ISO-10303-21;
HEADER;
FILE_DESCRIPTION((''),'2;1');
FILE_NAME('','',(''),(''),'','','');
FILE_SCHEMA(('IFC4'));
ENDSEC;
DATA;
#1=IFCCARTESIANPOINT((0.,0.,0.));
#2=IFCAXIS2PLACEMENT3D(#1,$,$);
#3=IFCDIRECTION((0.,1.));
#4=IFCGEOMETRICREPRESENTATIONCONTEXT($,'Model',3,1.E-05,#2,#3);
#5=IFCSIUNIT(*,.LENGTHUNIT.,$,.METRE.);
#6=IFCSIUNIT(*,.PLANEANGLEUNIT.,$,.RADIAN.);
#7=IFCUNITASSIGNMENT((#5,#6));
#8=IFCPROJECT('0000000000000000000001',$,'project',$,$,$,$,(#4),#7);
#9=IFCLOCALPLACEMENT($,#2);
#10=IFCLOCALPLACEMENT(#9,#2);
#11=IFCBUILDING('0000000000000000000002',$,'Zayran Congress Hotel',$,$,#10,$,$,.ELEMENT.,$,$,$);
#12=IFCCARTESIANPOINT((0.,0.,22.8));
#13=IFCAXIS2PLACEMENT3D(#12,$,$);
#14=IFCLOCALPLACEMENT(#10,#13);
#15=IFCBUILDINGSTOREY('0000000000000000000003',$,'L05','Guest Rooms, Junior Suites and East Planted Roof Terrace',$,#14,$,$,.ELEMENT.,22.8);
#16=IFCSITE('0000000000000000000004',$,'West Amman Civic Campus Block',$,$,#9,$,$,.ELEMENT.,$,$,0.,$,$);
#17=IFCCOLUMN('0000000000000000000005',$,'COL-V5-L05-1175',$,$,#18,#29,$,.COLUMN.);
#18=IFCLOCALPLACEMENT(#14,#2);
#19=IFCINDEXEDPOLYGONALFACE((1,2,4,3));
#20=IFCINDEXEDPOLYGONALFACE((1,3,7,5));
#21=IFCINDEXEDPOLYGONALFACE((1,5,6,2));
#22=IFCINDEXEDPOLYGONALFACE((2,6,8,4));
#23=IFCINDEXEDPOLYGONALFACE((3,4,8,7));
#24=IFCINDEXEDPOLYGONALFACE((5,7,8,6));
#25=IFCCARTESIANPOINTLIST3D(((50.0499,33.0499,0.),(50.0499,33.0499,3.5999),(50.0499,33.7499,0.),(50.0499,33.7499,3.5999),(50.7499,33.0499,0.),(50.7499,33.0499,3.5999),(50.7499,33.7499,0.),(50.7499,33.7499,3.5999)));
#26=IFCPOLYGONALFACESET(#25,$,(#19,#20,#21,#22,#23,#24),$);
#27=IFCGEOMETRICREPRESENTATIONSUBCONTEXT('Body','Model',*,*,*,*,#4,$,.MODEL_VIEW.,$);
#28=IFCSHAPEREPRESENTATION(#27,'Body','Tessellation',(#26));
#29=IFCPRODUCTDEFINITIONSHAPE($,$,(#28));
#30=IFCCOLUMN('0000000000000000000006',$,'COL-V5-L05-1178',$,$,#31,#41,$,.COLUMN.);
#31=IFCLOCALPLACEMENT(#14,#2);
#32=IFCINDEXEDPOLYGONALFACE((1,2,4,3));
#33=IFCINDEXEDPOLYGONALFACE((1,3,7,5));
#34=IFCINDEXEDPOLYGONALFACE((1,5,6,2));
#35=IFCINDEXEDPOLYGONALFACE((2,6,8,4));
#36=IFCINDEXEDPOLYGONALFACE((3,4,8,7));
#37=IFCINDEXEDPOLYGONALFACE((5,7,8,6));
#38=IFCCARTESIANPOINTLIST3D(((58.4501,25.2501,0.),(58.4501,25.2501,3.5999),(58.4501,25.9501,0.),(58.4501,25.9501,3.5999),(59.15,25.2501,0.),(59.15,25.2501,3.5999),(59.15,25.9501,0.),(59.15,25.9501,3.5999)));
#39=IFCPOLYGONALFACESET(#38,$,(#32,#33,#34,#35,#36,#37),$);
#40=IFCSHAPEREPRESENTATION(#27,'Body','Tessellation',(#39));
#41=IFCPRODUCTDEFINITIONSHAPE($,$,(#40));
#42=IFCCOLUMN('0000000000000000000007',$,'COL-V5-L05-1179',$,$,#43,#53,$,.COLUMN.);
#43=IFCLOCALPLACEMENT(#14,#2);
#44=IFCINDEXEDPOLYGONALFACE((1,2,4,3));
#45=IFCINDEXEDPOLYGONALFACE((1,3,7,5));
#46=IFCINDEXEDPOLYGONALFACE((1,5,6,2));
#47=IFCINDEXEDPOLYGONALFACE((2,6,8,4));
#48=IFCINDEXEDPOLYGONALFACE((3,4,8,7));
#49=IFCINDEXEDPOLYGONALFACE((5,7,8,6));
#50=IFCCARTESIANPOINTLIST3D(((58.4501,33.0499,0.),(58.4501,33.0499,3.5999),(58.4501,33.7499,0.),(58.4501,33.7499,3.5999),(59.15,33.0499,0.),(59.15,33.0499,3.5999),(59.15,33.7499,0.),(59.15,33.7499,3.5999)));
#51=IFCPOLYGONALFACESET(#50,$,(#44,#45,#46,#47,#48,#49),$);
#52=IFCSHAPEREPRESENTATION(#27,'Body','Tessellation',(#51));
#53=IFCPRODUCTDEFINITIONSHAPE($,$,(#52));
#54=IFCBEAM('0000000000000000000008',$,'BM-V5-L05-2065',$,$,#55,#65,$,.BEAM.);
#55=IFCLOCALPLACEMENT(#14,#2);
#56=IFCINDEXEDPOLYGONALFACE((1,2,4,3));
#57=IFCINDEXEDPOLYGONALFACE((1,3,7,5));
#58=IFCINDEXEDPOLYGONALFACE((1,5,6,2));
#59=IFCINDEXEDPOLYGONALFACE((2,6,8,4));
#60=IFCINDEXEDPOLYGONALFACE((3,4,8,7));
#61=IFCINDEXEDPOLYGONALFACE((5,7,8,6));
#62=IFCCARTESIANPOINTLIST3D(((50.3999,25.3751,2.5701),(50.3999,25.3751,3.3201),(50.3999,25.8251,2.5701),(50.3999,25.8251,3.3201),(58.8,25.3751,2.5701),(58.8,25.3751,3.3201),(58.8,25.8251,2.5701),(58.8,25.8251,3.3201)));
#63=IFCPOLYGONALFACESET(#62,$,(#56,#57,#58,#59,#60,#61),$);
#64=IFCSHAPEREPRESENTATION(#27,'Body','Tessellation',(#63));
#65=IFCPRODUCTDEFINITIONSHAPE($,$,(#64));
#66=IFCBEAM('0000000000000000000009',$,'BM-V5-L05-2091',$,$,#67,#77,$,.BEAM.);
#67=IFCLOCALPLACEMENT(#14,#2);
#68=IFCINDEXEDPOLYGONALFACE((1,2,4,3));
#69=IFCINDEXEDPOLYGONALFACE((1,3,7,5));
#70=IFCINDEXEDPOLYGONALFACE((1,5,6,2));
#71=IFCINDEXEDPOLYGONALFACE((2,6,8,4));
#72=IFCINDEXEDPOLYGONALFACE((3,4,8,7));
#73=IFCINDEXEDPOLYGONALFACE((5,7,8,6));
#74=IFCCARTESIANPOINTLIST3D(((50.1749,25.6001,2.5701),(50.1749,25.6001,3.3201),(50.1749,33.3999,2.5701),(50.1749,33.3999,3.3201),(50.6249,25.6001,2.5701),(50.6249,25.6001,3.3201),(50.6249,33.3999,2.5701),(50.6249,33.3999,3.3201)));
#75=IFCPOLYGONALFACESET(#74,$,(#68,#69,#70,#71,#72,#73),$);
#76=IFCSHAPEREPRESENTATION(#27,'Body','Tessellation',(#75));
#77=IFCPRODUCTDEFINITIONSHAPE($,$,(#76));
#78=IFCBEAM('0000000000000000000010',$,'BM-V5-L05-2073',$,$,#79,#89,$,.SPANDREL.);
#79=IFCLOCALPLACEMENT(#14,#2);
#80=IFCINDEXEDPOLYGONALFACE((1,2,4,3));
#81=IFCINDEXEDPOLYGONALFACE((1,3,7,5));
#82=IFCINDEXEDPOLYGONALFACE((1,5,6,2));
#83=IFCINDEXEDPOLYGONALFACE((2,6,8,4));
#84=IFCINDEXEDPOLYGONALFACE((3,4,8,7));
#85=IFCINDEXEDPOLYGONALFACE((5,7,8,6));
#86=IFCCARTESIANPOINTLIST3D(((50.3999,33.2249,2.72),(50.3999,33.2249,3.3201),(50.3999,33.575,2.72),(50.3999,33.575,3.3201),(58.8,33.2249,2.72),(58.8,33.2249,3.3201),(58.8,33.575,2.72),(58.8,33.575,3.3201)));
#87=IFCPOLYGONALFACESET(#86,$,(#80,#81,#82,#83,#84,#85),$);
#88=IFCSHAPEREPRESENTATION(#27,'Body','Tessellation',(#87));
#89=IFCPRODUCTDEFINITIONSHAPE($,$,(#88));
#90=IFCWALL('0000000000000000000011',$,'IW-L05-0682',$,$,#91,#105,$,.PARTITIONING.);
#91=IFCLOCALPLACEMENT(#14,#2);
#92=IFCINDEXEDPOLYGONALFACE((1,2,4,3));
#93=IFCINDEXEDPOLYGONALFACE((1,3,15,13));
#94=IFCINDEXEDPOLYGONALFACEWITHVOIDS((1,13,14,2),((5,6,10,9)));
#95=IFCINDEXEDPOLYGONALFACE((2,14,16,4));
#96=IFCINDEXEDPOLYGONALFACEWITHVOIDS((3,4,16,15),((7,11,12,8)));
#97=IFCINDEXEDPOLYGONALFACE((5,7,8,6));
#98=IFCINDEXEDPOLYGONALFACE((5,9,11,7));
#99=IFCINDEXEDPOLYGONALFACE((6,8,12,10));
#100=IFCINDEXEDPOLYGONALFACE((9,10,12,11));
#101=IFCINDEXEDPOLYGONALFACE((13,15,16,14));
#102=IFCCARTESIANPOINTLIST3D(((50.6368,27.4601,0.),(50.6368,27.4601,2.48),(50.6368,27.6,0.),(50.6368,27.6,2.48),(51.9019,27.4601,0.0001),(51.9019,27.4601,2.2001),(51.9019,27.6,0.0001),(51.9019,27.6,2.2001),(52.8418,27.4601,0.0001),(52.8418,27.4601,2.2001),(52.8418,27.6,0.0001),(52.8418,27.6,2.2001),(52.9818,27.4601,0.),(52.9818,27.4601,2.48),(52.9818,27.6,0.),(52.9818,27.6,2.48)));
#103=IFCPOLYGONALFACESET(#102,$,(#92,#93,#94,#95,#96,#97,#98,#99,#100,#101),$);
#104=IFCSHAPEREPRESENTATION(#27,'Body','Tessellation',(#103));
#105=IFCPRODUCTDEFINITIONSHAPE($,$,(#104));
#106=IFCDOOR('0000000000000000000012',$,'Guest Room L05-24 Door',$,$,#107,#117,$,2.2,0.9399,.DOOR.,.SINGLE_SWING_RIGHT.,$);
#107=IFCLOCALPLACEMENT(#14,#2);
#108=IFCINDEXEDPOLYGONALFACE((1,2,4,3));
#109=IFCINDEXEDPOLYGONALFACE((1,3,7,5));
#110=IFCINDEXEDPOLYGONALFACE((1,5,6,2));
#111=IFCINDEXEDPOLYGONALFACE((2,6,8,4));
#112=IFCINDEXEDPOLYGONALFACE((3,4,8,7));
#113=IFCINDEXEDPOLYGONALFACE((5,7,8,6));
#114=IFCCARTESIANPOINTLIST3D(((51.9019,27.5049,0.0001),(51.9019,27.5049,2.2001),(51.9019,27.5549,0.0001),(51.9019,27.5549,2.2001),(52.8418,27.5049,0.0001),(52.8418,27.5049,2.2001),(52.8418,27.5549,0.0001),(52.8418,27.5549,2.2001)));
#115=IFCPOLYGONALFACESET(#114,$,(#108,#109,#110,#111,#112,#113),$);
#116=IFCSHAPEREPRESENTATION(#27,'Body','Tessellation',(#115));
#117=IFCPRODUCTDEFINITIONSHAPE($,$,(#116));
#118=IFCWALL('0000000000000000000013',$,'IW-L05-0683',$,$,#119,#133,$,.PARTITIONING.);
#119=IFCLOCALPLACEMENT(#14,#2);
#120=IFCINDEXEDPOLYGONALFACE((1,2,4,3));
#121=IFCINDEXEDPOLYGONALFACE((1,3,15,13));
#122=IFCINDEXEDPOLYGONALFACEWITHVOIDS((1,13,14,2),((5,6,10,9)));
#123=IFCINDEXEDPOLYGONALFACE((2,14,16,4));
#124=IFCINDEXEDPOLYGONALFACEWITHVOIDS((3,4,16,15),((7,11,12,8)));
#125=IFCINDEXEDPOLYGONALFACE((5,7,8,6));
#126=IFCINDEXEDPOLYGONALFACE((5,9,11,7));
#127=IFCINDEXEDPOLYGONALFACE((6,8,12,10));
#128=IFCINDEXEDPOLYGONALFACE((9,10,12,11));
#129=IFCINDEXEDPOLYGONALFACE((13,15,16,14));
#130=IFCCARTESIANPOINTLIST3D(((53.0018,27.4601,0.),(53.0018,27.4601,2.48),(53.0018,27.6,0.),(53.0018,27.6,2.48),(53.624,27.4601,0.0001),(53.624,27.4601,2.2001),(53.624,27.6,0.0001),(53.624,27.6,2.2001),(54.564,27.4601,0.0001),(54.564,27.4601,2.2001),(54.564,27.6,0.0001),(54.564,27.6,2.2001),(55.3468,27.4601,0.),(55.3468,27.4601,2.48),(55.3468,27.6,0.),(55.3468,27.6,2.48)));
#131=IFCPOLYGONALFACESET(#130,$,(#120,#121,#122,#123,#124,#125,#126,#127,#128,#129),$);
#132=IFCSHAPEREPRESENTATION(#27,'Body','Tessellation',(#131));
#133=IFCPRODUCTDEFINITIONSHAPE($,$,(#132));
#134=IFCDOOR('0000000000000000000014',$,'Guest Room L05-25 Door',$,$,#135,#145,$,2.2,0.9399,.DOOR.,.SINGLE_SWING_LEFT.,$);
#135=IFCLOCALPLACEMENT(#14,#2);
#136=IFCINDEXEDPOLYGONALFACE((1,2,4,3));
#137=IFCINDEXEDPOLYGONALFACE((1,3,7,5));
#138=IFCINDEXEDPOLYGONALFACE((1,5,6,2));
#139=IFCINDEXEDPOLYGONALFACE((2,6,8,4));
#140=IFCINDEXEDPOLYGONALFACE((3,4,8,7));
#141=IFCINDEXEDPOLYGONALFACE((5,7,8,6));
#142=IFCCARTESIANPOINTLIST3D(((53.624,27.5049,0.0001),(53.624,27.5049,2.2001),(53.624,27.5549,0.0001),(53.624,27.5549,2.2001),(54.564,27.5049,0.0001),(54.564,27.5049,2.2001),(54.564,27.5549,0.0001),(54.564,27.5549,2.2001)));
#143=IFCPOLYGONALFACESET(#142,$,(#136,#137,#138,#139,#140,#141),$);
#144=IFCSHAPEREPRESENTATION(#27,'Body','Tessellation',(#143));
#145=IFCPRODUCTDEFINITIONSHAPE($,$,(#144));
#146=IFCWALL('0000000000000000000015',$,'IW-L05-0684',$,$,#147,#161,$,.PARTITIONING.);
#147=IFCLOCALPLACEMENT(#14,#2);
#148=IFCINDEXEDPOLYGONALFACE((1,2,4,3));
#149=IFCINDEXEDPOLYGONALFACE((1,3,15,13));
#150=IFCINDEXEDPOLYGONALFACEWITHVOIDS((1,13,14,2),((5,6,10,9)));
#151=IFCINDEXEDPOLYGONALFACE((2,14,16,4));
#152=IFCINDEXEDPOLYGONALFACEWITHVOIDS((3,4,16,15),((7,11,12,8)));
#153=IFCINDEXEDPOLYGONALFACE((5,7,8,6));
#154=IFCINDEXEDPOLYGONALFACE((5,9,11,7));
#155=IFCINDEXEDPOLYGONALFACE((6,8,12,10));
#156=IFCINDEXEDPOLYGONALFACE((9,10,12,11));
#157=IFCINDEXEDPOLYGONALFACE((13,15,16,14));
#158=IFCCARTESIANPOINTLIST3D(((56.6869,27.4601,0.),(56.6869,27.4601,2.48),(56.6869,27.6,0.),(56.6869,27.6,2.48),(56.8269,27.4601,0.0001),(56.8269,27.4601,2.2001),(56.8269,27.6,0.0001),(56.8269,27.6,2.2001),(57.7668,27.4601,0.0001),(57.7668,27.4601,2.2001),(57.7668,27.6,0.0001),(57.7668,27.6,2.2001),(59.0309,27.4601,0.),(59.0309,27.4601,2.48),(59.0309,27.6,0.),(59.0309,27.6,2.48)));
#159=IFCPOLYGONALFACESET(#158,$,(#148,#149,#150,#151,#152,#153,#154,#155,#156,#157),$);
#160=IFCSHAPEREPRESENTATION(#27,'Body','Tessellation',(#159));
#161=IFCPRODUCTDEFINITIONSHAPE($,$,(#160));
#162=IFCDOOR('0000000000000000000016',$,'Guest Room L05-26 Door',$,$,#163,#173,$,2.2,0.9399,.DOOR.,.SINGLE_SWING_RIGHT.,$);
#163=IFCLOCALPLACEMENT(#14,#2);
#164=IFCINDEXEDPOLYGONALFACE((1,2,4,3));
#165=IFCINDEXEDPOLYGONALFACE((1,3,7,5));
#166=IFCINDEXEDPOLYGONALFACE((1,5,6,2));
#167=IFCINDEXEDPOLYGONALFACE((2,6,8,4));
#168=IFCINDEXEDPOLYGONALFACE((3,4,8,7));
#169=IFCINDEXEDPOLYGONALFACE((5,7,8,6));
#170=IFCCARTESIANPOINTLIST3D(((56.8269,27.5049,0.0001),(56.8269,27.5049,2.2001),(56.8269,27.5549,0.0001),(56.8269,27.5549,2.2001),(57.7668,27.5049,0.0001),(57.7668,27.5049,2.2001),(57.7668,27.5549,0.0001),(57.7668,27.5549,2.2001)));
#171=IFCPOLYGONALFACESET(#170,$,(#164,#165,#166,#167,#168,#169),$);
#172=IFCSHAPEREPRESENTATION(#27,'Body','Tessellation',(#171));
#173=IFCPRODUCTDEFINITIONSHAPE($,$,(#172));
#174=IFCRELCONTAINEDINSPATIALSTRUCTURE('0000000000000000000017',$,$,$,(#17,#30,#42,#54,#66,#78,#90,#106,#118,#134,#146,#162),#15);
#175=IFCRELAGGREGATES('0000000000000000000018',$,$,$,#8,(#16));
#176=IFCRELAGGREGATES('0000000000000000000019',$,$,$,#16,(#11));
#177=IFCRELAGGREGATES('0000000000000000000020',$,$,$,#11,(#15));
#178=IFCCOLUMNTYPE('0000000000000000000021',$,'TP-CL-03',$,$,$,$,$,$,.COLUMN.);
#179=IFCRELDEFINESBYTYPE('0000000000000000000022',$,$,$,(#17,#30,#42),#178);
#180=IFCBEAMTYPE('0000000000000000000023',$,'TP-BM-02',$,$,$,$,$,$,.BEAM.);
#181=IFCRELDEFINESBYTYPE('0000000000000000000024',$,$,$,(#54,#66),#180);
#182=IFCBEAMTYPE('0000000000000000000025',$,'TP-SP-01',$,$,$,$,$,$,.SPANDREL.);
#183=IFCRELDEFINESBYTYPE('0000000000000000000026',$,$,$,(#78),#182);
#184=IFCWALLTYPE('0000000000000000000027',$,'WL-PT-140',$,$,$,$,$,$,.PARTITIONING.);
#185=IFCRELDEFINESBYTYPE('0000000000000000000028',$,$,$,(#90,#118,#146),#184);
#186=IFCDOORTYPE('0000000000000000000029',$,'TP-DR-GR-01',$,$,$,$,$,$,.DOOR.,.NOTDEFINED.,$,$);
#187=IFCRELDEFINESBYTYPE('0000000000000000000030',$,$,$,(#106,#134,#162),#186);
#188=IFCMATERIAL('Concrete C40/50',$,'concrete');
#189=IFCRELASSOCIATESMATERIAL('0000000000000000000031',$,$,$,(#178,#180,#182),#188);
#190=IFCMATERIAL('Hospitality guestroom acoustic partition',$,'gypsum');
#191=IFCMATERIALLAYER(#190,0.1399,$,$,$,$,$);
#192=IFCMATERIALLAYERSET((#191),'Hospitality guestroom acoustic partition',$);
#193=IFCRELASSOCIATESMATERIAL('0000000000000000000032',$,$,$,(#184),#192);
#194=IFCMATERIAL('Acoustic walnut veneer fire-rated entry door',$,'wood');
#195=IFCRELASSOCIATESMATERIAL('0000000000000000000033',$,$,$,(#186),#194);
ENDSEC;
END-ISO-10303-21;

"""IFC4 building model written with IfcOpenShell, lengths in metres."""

from ifc_helpers import new_model, si_unit, direction, frame, frame_2d, origin, origin_2d, place, context, subcontext, project, spatial, rectangle, extrude, material, layer, layer_set, material_profile, profile_set, type_object, element, fill, save


model = new_model("IFC4")

# Units and contexts
model_context = context("Model", 3, precision=1e-05, world=origin(), true_north=direction((0.0, 1.0)))
body_context = subcontext(model_context, "Body", "Model", "MODEL_VIEW")
ifc_project = project(units=[si_unit("LENGTHUNIT", "METRE"), si_unit("PLANEANGLEUNIT", "RADIAN")], contexts=[model_context])

# Site, building, storey
site_placement = place(None, origin())
site = spatial("IfcSite", under=ifc_project, at=site_placement, Name="West Amman Civic Campus Block", CompositionType="ELEMENT", RefElevation=0.0)
building_placement = place(site_placement, origin())
building = spatial("IfcBuilding", under=site, at=building_placement, Name="Zayran Congress Hotel", CompositionType="ELEMENT")
storey_placement = place(building_placement, frame((0.0, 0.0, 22.8)))
storey = spatial("IfcBuildingStorey", under=building, at=storey_placement, Name="L05", Description="Guest Rooms, Junior Suites and East Planted Roof Terrace", CompositionType="ELEMENT", Elevation=22.8)

# Columns
ifc_material_1 = material(Name="Concrete C40/50", Category="concrete")
ifc_material_profile_1 = material_profile(ifc_material_1, rectangle(XDim=0.7, YDim=0.7, at=origin_2d()), Name="RC 700x700")
ifc_profile_set_1 = profile_set([ifc_material_profile_1], Name="Concrete C40/50")
column_type = type_object("IfcColumnType", Name="TP-CL-03", PredefinedType="COLUMN", material=ifc_profile_set_1)
for number, where, z_axis, x_axis, name in (
    (1, (50.3999, 33.3999, 0.0), (0.0, 0.0, 1.0), (1.0, 0.0, 0.0), "COL-V5-L05-1175"),
    (2, (58.8, 25.6001, 0.0), (0.0, 0.0, 1.0), (1.0, 0.0, 0.0), "COL-V5-L05-1178"),
    (3, (58.8, 33.3999, 0.0), (0.0, 0.0, 1.0), (1.0, 0.0, 0.0), "COL-V5-L05-1179"),
):
    element("IfcColumn", number, at=place(storey_placement, frame(where, z_axis=z_axis, x_axis=x_axis)), inside=storey, type_object=column_type, Name=name, PredefinedType="COLUMN", context=body_context, shape_type="SweptSolid", body=[
        extrude(rectangle(XDim=0.7, YDim=0.7, at=origin_2d()), origin(), (0.0, 0.0, 1.0), 3.5999),
    ])

# Beams
ifc_material_profile_2 = material_profile(ifc_material_1, rectangle(XDim=0.45, YDim=0.75, at=origin_2d()), Name="RC 450x750")
ifc_profile_set_2 = profile_set([ifc_material_profile_2], Name="Concrete C40/50")
beam_type_1 = type_object("IfcBeamType", Name="TP-BM-02", PredefinedType="BEAM", material=ifc_profile_set_2)
beam_1_placement = place(storey_placement, frame((50.3999, 25.6001, 2.9451), z_axis=(1.0, 0.0, 0.0), x_axis=(0.0, 1.0, 0.0)))
element("IfcBeam", 4, at=beam_1_placement, inside=storey, type_object=beam_type_1, Name="BM-V5-L05-2065", PredefinedType="BEAM", context=body_context, shape_type="SweptSolid", body=[
    extrude(rectangle(XDim=0.45, YDim=0.75, at=origin_2d()), origin(), (0.0, 0.0, 1.0), 8.4001),
])
beam_2_placement = place(storey_placement, frame((50.3999, 25.6001, 2.9451), z_axis=(0.0, 1.0, 0.0), x_axis=(-1.0, 0.0, 0.0)))
element("IfcBeam", 5, at=beam_2_placement, inside=storey, type_object=beam_type_1, Name="BM-V5-L05-2091", PredefinedType="BEAM", context=body_context, shape_type="SweptSolid", body=[
    extrude(rectangle(XDim=0.45, YDim=0.75, at=origin_2d()), origin(), (0.0, 0.0, 1.0), 7.7998),
])
ifc_material_profile_3 = material_profile(ifc_material_1, rectangle(XDim=0.3501, YDim=0.6001, at=origin_2d()), Name="RC 350x600")
ifc_profile_set_3 = profile_set([ifc_material_profile_3], Name="Concrete C40/50")
beam_type_2 = type_object("IfcBeamType", Name="TP-SP-01", PredefinedType="SPANDREL", material=ifc_profile_set_3)
beam_3_placement = place(storey_placement, frame((50.3999, 33.3999, 3.02), z_axis=(1.0, 0.0, 0.0), x_axis=(0.0, 1.0, 0.0)))
element("IfcBeam", 6, at=beam_3_placement, inside=storey, type_object=beam_type_2, Name="BM-V5-L05-2073", PredefinedType="SPANDREL", context=body_context, shape_type="SweptSolid", body=[
    extrude(rectangle(XDim=0.3501, YDim=0.6001, at=origin_2d()), origin(), (0.0, 0.0, 1.0), 8.4001),
])

# Walls, openings, doors
ifc_material_2 = material(Name="Hospitality guestroom acoustic partition", Category="gypsum")
ifc_layer_1 = layer(ifc_material_2, 0.1399)
ifc_layer_set_1 = layer_set([ifc_layer_1], Name="Hospitality guestroom acoustic partition")
wall_type_1 = type_object("IfcWallType", Name="WL-PT-140", PredefinedType="PARTITIONING", material=ifc_layer_set_1)
wall_1_placement = place(storey_placement, frame((50.637, 27.53, 0.0), z_axis=(0.0, 0.0, 1.0), x_axis=(1.0, 0.0, 0.0)))
wall_1 = element("IfcWall", 7, at=wall_1_placement, inside=storey, type_object=wall_type_1, Name="IW-L05-0682", PredefinedType="PARTITIONING", context=body_context, shape_type="SweptSolid", body=[
    extrude(rectangle(XDim=2.345, YDim=0.1399, at=frame_2d((1.1724, 0.0))), origin(), (0.0, 0.0, 1.0), 2.48),
])
opening_1_placement = place(wall_1_placement, frame((1.2649, 0.0, 0.0)))
opening_1 = element("IfcOpeningElement", 8, at=opening_1_placement, cuts=wall_1, PredefinedType="OPENING", context=body_context, shape_type="SweptSolid", body=[
    extrude(rectangle(XDim=0.9399, YDim=2.2, at=frame_2d((0.47, 1.1001))), frame((0.0, 0.0798, 0.0), z_axis=(0.0, -1.0, 0.0), x_axis=(1.0, 0.0, 0.0)), (0.0, 0.0, 1.0), 0.1599),
])
ifc_material_3 = material(Name="Acoustic walnut veneer fire-rated entry door", Category="wood")
door_type_1 = type_object("IfcDoorType", Name="TP-DR-GR-01", OperationType="NOTDEFINED", PredefinedType="DOOR", material=ifc_material_3)
door_1_placement = place(opening_1_placement, origin())
door_1 = element("IfcDoor", 9, at=door_1_placement, inside=storey, type_object=door_type_1, Name="Guest Room L05-24 Door", OperationType="SINGLE_SWING_RIGHT", OverallHeight=2.2, OverallWidth=0.9399, PredefinedType="DOOR", context=body_context, shape_type="SweptSolid", body=[
    extrude(rectangle(XDim=0.9399, YDim=2.2, at=frame_2d((0.47, 1.1001))), frame((0.0, 0.0249, 0.0), z_axis=(0.0, -1.0, 0.0), x_axis=(1.0, 0.0, 0.0)), (0.0, 0.0, 1.0), 0.05),
])
fill(opening_1, door_1)
wall_2_placement = place(storey_placement, frame((53.002, 27.53, 0.0), z_axis=(0.0, 0.0, 1.0), x_axis=(1.0, 0.0, 0.0)))
wall_2 = element("IfcWall", 10, at=wall_2_placement, inside=storey, type_object=wall_type_1, Name="IW-L05-0683", PredefinedType="PARTITIONING", context=body_context, shape_type="SweptSolid", body=[
    extrude(rectangle(XDim=2.345, YDim=0.1399, at=frame_2d((1.1724, 0.0))), origin(), (0.0, 0.0, 1.0), 2.48),
])
opening_2_placement = place(wall_2_placement, frame((0.6221, 0.0, 0.0)))
opening_2 = element("IfcOpeningElement", 11, at=opening_2_placement, cuts=wall_2, PredefinedType="OPENING", context=body_context, shape_type="SweptSolid", body=[
    extrude(rectangle(XDim=0.9399, YDim=2.2, at=frame_2d((0.47, 1.1001))), frame((0.0, 0.0798, 0.0), z_axis=(0.0, -1.0, 0.0), x_axis=(1.0, 0.0, 0.0)), (0.0, 0.0, 1.0), 0.1599),
])
door_2_placement = place(opening_2_placement, origin())
door_2 = element("IfcDoor", 12, at=door_2_placement, inside=storey, type_object=door_type_1, Name="Guest Room L05-25 Door", OperationType="SINGLE_SWING_LEFT", OverallHeight=2.2, OverallWidth=0.9399, PredefinedType="DOOR", context=body_context, shape_type="SweptSolid", body=[
    extrude(rectangle(XDim=0.9399, YDim=2.2, at=frame_2d((0.47, 1.1001))), frame((0.0, 0.0249, 0.0), z_axis=(0.0, -1.0, 0.0), x_axis=(1.0, 0.0, 0.0)), (0.0, 0.0, 1.0), 0.05),
])
fill(opening_2, door_2)
wall_3_placement = place(storey_placement, frame((56.687, 27.53, 0.0), z_axis=(0.0, 0.0, 1.0), x_axis=(1.0, 0.0, 0.0)))
wall_3 = element("IfcWall", 13, at=wall_3_placement, inside=storey, type_object=wall_type_1, Name="IW-L05-0684", PredefinedType="PARTITIONING", context=body_context, shape_type="SweptSolid", body=[
    extrude(rectangle(XDim=2.344, YDim=0.1399, at=frame_2d((1.1719, 0.0))), origin(), (0.0, 0.0, 1.0), 2.48),
])
opening_3_placement = place(wall_3_placement, frame((0.1399, 0.0, 0.0)))
opening_3 = element("IfcOpeningElement", 14, at=opening_3_placement, cuts=wall_3, PredefinedType="OPENING", context=body_context, shape_type="SweptSolid", body=[
    extrude(rectangle(XDim=0.9399, YDim=2.2, at=frame_2d((0.47, 1.1001))), frame((0.0, 0.0798, 0.0), z_axis=(0.0, -1.0, 0.0), x_axis=(1.0, 0.0, 0.0)), (0.0, 0.0, 1.0), 0.1599),
])
door_3_placement = place(opening_3_placement, origin())
door_3 = element("IfcDoor", 15, at=door_3_placement, inside=storey, type_object=door_type_1, Name="Guest Room L05-26 Door", OperationType="SINGLE_SWING_RIGHT", OverallHeight=2.2, OverallWidth=0.9399, PredefinedType="DOOR", context=body_context, shape_type="SweptSolid", body=[
    extrude(rectangle(XDim=0.9399, YDim=2.2, at=frame_2d((0.47, 1.1001))), frame((0.0, 0.0249, 0.0), z_axis=(0.0, -1.0, 0.0), x_axis=(1.0, 0.0, 0.0)), (0.0, 0.0, 1.0), 0.05),
])
fill(opening_3, door_3)

save(model, "model.ifc")
